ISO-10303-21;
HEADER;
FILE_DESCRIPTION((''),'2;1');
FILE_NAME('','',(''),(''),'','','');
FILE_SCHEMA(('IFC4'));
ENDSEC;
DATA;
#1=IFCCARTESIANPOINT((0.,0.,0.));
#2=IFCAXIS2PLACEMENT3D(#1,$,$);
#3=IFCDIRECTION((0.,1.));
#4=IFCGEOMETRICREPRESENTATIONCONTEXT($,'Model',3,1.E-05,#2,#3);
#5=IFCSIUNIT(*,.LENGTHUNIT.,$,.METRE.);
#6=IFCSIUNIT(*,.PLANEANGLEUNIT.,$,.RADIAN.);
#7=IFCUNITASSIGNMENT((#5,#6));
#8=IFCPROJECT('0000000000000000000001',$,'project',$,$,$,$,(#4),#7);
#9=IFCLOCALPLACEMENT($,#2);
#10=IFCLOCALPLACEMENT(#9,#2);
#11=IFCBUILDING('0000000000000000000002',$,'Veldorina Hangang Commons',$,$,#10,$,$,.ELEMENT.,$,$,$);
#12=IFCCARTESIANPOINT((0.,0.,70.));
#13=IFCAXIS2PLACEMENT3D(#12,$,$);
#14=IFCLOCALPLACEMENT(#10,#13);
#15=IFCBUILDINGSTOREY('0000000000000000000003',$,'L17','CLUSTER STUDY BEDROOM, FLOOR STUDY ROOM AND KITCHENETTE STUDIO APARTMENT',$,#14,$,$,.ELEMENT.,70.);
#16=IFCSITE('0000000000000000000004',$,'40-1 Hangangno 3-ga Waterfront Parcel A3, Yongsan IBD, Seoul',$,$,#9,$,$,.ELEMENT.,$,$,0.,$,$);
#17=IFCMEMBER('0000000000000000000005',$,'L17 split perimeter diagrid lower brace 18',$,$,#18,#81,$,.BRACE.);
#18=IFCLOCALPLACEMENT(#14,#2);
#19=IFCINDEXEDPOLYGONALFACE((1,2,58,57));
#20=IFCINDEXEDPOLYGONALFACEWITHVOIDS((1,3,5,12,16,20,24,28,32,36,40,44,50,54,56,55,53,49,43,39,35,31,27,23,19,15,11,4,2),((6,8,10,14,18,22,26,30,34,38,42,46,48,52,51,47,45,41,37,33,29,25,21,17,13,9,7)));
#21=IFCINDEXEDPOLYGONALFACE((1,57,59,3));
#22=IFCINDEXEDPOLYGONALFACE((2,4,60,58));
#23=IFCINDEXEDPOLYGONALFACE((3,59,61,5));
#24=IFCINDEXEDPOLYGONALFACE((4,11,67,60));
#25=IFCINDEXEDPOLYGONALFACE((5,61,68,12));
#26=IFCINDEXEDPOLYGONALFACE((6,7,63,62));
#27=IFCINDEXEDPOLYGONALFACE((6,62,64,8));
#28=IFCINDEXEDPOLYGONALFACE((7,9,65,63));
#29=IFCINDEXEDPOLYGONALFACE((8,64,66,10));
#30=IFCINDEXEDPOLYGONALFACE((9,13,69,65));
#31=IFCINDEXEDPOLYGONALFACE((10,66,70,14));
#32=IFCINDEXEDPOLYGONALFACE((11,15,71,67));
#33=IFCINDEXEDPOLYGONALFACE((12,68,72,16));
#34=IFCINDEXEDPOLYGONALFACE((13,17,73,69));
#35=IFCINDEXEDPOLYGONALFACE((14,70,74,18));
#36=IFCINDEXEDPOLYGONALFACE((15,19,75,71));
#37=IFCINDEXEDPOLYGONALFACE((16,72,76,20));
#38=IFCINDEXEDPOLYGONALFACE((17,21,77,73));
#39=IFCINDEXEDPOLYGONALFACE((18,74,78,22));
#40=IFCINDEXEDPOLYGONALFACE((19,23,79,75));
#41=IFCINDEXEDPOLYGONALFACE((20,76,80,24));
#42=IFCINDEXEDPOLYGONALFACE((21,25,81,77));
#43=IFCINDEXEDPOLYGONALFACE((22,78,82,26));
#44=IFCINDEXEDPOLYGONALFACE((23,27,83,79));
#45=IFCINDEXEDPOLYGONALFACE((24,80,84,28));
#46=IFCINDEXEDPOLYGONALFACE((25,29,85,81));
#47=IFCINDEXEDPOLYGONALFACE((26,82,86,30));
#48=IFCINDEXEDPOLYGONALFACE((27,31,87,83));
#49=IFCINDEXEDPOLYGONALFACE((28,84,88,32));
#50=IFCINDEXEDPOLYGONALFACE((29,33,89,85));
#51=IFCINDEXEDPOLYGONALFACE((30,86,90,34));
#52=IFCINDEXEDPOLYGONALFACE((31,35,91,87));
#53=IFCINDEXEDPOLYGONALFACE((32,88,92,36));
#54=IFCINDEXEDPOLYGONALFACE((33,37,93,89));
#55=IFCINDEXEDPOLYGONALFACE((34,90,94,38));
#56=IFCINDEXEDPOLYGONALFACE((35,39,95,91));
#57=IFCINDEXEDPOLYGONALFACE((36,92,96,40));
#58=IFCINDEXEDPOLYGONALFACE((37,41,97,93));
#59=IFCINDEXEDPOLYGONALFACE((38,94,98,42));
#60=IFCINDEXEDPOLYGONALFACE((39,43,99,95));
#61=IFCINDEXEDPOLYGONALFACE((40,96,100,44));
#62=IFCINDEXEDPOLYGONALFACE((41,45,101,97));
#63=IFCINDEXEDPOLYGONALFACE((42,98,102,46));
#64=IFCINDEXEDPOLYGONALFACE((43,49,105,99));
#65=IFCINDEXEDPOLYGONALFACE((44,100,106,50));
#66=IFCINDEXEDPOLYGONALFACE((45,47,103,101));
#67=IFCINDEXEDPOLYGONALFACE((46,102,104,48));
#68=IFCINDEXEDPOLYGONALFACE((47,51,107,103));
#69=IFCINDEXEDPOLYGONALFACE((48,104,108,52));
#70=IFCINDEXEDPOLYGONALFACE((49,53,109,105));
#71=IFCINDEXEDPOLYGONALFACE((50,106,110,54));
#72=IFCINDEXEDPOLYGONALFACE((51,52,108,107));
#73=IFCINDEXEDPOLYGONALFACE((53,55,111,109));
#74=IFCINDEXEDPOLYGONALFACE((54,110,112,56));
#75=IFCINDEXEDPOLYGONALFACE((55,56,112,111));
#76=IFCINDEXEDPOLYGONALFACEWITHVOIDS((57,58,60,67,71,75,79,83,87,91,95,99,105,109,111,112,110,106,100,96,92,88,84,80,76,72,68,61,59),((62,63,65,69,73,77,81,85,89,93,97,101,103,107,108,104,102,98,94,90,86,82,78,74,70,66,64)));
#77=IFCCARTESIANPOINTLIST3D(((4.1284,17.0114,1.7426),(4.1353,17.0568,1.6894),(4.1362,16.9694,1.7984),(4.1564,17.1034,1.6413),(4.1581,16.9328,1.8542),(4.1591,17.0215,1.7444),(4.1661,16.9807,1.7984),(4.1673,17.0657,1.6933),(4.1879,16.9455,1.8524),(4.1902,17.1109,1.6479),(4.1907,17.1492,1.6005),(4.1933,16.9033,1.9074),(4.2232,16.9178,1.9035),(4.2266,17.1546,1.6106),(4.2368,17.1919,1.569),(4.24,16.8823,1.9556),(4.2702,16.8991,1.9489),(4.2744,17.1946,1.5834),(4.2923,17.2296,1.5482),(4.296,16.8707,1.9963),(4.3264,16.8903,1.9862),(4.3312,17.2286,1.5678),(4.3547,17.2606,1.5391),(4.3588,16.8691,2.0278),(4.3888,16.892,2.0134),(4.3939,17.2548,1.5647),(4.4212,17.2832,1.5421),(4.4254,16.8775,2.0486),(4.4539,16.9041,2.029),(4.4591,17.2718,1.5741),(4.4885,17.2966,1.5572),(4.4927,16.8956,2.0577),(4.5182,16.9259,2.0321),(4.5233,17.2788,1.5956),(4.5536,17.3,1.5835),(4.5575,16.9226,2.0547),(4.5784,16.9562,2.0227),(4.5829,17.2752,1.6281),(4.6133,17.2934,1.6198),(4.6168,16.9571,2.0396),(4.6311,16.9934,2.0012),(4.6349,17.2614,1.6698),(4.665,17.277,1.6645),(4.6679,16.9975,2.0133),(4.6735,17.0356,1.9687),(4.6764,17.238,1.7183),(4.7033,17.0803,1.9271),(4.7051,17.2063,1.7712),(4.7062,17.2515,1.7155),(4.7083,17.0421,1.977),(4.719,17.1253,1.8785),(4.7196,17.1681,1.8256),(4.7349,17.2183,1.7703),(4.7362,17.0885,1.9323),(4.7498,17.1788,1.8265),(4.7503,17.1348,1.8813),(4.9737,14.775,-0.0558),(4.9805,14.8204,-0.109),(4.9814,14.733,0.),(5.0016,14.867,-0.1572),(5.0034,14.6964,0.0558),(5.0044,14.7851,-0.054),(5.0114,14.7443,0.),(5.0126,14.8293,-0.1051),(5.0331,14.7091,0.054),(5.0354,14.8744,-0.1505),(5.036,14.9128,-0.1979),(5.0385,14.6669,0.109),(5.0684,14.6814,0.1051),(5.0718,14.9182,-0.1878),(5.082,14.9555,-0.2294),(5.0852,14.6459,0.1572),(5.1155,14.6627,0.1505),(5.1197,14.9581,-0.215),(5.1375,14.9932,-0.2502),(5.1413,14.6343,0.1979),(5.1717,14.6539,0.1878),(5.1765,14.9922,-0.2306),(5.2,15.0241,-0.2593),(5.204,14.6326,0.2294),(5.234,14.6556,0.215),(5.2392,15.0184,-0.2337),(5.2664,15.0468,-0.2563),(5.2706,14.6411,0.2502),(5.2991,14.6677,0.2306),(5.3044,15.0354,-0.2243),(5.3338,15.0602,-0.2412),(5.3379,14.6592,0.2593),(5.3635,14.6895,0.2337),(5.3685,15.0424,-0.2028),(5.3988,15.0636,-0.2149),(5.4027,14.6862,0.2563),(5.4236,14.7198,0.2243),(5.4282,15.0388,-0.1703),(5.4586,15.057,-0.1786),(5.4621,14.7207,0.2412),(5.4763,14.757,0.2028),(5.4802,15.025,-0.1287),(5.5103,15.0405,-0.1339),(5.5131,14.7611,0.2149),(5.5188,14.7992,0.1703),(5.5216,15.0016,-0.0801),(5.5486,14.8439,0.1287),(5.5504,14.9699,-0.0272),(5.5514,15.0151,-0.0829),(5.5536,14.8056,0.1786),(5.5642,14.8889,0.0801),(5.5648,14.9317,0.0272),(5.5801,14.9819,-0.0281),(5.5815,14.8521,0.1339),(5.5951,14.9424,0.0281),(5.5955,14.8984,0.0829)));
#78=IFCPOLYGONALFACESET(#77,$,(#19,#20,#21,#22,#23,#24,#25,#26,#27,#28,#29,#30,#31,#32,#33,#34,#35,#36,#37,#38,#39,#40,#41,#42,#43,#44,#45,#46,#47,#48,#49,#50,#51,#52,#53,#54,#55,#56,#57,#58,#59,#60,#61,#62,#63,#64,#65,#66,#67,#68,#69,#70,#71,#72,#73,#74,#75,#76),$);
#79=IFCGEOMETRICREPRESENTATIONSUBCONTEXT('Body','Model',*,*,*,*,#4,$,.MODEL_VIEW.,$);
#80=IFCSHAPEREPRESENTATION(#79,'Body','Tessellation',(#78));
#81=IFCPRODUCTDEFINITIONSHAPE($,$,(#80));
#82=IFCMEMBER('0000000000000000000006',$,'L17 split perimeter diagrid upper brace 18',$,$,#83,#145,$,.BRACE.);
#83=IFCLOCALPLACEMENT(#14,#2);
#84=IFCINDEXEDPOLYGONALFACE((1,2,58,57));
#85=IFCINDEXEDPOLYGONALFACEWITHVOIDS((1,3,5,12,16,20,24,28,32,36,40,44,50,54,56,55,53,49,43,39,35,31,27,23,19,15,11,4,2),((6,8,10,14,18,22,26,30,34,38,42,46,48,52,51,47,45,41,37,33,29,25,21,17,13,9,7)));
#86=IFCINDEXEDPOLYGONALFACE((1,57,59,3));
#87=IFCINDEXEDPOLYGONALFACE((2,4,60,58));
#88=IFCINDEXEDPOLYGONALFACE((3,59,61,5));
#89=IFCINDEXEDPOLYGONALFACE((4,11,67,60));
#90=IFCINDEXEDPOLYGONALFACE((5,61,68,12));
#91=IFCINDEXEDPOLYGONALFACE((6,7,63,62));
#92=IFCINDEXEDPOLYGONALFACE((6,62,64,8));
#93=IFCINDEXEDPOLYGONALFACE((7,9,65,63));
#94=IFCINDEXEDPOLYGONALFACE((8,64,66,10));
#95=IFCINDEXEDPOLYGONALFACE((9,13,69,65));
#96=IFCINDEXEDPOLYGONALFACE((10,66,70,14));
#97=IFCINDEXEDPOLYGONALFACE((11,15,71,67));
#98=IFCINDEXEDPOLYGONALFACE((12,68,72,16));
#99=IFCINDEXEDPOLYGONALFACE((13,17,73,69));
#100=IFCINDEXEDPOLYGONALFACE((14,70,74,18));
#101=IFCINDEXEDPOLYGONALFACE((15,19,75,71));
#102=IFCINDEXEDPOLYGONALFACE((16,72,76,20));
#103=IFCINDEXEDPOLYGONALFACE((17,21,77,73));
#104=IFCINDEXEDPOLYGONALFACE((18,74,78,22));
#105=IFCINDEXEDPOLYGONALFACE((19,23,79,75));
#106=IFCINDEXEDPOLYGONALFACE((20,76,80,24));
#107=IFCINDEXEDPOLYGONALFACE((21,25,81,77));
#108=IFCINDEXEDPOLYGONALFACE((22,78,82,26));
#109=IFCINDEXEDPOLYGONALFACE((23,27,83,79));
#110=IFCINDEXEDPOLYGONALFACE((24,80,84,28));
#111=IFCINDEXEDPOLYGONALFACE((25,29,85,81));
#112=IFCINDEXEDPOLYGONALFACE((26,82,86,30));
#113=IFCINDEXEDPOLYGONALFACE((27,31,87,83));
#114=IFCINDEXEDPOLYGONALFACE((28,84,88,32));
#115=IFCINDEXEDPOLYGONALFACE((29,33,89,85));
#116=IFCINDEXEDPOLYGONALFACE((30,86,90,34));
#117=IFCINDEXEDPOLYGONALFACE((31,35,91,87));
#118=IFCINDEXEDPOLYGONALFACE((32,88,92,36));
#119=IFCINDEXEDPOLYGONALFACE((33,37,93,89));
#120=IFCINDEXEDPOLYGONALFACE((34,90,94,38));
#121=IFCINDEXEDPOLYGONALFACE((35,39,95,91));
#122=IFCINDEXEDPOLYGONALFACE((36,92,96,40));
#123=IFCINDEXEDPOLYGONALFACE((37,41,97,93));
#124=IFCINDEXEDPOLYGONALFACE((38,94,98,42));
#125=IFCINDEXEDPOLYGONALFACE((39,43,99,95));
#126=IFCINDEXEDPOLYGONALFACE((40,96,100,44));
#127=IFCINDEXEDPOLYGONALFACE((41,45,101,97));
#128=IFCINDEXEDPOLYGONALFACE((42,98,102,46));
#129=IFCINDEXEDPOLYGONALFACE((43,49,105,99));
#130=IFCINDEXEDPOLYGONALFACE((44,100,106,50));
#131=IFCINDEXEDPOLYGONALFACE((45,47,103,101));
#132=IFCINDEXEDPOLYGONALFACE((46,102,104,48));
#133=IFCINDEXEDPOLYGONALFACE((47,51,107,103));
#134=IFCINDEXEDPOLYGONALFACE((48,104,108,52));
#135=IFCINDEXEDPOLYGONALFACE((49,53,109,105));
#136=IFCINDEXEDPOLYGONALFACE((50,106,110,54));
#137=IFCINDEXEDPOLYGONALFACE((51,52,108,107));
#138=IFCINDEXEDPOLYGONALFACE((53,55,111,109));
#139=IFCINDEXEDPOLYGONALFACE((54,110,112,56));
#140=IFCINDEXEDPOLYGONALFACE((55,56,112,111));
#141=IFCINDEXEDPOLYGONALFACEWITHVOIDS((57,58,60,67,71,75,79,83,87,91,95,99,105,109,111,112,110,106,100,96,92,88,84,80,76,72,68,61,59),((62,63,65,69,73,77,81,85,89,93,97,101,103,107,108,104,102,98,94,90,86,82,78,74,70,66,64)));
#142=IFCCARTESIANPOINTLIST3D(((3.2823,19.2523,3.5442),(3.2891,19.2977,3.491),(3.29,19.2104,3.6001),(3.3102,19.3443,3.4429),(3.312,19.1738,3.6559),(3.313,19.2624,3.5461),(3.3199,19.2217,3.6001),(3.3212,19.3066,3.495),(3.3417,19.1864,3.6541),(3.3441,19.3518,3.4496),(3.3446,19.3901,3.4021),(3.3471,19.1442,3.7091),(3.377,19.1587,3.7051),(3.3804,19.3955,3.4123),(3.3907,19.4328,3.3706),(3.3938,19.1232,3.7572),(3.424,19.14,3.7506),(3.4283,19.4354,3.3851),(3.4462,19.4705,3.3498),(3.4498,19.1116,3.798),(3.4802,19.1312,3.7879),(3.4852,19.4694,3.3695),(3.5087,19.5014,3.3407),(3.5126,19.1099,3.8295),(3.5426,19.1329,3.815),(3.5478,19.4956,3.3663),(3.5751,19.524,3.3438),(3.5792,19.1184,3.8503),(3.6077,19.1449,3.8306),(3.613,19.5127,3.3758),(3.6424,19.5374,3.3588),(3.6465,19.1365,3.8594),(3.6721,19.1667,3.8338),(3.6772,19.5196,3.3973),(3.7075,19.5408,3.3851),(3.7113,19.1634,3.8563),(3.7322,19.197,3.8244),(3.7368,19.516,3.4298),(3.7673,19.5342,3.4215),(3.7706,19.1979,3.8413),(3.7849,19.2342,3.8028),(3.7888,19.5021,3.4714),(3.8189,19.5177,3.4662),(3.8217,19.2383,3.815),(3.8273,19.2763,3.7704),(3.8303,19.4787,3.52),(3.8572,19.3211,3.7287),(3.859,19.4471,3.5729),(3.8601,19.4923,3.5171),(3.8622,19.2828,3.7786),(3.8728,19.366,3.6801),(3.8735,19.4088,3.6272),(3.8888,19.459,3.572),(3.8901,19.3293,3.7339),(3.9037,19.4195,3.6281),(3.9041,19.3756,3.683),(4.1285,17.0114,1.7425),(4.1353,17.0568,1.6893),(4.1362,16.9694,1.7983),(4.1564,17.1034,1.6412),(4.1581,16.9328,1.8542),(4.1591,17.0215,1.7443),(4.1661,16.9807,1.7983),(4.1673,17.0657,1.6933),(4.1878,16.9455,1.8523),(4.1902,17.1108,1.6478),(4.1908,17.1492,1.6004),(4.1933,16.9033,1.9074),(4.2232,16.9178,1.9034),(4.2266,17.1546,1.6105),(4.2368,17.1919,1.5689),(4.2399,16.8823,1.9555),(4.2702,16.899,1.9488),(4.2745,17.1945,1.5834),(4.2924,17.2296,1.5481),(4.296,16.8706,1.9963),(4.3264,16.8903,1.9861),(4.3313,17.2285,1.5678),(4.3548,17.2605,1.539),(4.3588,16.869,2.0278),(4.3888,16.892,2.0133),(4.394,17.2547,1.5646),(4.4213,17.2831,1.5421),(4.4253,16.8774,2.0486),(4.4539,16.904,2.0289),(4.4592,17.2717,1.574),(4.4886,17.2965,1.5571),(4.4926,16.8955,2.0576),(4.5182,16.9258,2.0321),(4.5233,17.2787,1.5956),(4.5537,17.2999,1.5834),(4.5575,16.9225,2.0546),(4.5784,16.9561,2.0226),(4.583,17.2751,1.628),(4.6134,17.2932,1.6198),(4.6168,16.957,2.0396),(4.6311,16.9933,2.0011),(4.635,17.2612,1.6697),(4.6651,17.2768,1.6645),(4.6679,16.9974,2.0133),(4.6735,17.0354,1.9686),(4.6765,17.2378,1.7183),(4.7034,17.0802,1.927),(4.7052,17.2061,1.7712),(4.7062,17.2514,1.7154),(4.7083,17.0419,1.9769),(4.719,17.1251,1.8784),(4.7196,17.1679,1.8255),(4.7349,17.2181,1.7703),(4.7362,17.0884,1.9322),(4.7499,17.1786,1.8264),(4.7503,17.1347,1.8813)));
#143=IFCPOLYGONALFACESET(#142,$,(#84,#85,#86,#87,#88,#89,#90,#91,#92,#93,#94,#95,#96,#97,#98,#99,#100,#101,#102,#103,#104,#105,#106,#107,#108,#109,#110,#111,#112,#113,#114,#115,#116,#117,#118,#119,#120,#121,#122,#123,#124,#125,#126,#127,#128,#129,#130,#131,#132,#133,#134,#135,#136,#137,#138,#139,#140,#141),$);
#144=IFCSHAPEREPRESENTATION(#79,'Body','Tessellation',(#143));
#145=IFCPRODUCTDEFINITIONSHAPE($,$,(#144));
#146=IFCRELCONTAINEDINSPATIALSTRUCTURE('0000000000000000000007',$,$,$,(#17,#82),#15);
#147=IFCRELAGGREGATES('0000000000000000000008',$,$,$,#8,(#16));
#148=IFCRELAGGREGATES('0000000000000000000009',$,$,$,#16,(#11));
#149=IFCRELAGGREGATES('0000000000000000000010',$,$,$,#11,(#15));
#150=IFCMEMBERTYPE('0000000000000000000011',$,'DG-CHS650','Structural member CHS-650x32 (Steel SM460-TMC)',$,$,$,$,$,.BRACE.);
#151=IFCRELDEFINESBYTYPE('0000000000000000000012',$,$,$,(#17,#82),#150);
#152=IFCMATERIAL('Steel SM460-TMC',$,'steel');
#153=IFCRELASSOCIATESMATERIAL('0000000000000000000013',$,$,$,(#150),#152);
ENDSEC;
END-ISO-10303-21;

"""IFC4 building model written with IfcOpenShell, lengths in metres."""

from ifc_helpers import new_model, si_unit, direction, frame, origin, origin_2d, place, context, subcontext, project, spatial, hollow_circle, extrude, material, material_profile, profile_set, type_object, element, save


model = new_model("IFC4")

# Units and contexts
model_context = context("Model", 3, precision=1e-05, world=origin(), true_north=direction((0.0, 1.0)))
body_context = subcontext(model_context, "Body", "Model", "MODEL_VIEW")
ifc_project = project(units=[si_unit("LENGTHUNIT", "METRE"), si_unit("PLANEANGLEUNIT", "RADIAN")], contexts=[model_context])

# Site, building, storey
site_placement = place(None, origin())
site = spatial("IfcSite", under=ifc_project, at=site_placement, Name="40-1 Hangangno 3-ga Waterfront Parcel A3, Yongsan IBD, Seoul", CompositionType="ELEMENT", RefElevation=0.0)
building_placement = place(site_placement, origin())
building = spatial("IfcBuilding", under=site, at=building_placement, Name="Veldorina Hangang Commons", CompositionType="ELEMENT")
storey_placement = place(building_placement, frame((0.0, 0.0, 70.0)))
storey = spatial("IfcBuildingStorey", under=building, at=storey_placement, Name="L17", Description="CLUSTER STUDY BEDROOM, FLOOR STUDY ROOM AND KITCHENETTE STUDIO APARTMENT", CompositionType="ELEMENT", Elevation=70.0)

# Members
ifc_material_1 = material(Name="Steel SM460-TMC", Category="steel")
ifc_material_profile_1 = material_profile(ifc_material_1, hollow_circle(Radius=0.325, WallThickness=0.032, at=origin_2d()), Name="CHS-650x32")
ifc_profile_set_1 = profile_set([ifc_material_profile_1], Name="Steel SM460-TMC")
member_type = type_object("IfcMemberType", Name="DG-CHS650", Description="Structural member CHS-650x32 (Steel SM460-TMC)", PredefinedType="BRACE", material=ifc_profile_set_1)
member_1_placement = place(storey_placement, frame((5.2854, 14.8479, 0.0), z_axis=(-0.282531, 0.74754, 0.601133), x_axis=(-0.93542, -0.35354, 0.0)))
element("IfcMember", 1, at=member_1_placement, inside=storey, type_object=member_type, Name="L17 split perimeter diagrid lower brace 18", PredefinedType="BRACE", context=body_context, shape_type="SweptSolid", body=[
    extrude(hollow_circle(Radius=0.325, WallThickness=0.032, at=origin_2d()), origin(), (0.0, 0.0, 1.0), 2.9917),
])
member_2_placement = place(storey_placement, frame((4.4402, 17.0842, 1.7983), z_axis=(-0.28231, 0.747641, 0.60111), x_axis=(-0.935527, -0.353256, 0.0)))
element("IfcMember", 2, at=member_2_placement, inside=storey, type_object=member_type, Name="L17 split perimeter diagrid upper brace 18", PredefinedType="BRACE", context=body_context, shape_type="SweptSolid", body=[
    extrude(hollow_circle(Radius=0.325, WallThickness=0.032, at=origin_2d()), origin(), (0.0, 0.0, 1.0), 2.9973),
])

save(model, "model.ifc")
